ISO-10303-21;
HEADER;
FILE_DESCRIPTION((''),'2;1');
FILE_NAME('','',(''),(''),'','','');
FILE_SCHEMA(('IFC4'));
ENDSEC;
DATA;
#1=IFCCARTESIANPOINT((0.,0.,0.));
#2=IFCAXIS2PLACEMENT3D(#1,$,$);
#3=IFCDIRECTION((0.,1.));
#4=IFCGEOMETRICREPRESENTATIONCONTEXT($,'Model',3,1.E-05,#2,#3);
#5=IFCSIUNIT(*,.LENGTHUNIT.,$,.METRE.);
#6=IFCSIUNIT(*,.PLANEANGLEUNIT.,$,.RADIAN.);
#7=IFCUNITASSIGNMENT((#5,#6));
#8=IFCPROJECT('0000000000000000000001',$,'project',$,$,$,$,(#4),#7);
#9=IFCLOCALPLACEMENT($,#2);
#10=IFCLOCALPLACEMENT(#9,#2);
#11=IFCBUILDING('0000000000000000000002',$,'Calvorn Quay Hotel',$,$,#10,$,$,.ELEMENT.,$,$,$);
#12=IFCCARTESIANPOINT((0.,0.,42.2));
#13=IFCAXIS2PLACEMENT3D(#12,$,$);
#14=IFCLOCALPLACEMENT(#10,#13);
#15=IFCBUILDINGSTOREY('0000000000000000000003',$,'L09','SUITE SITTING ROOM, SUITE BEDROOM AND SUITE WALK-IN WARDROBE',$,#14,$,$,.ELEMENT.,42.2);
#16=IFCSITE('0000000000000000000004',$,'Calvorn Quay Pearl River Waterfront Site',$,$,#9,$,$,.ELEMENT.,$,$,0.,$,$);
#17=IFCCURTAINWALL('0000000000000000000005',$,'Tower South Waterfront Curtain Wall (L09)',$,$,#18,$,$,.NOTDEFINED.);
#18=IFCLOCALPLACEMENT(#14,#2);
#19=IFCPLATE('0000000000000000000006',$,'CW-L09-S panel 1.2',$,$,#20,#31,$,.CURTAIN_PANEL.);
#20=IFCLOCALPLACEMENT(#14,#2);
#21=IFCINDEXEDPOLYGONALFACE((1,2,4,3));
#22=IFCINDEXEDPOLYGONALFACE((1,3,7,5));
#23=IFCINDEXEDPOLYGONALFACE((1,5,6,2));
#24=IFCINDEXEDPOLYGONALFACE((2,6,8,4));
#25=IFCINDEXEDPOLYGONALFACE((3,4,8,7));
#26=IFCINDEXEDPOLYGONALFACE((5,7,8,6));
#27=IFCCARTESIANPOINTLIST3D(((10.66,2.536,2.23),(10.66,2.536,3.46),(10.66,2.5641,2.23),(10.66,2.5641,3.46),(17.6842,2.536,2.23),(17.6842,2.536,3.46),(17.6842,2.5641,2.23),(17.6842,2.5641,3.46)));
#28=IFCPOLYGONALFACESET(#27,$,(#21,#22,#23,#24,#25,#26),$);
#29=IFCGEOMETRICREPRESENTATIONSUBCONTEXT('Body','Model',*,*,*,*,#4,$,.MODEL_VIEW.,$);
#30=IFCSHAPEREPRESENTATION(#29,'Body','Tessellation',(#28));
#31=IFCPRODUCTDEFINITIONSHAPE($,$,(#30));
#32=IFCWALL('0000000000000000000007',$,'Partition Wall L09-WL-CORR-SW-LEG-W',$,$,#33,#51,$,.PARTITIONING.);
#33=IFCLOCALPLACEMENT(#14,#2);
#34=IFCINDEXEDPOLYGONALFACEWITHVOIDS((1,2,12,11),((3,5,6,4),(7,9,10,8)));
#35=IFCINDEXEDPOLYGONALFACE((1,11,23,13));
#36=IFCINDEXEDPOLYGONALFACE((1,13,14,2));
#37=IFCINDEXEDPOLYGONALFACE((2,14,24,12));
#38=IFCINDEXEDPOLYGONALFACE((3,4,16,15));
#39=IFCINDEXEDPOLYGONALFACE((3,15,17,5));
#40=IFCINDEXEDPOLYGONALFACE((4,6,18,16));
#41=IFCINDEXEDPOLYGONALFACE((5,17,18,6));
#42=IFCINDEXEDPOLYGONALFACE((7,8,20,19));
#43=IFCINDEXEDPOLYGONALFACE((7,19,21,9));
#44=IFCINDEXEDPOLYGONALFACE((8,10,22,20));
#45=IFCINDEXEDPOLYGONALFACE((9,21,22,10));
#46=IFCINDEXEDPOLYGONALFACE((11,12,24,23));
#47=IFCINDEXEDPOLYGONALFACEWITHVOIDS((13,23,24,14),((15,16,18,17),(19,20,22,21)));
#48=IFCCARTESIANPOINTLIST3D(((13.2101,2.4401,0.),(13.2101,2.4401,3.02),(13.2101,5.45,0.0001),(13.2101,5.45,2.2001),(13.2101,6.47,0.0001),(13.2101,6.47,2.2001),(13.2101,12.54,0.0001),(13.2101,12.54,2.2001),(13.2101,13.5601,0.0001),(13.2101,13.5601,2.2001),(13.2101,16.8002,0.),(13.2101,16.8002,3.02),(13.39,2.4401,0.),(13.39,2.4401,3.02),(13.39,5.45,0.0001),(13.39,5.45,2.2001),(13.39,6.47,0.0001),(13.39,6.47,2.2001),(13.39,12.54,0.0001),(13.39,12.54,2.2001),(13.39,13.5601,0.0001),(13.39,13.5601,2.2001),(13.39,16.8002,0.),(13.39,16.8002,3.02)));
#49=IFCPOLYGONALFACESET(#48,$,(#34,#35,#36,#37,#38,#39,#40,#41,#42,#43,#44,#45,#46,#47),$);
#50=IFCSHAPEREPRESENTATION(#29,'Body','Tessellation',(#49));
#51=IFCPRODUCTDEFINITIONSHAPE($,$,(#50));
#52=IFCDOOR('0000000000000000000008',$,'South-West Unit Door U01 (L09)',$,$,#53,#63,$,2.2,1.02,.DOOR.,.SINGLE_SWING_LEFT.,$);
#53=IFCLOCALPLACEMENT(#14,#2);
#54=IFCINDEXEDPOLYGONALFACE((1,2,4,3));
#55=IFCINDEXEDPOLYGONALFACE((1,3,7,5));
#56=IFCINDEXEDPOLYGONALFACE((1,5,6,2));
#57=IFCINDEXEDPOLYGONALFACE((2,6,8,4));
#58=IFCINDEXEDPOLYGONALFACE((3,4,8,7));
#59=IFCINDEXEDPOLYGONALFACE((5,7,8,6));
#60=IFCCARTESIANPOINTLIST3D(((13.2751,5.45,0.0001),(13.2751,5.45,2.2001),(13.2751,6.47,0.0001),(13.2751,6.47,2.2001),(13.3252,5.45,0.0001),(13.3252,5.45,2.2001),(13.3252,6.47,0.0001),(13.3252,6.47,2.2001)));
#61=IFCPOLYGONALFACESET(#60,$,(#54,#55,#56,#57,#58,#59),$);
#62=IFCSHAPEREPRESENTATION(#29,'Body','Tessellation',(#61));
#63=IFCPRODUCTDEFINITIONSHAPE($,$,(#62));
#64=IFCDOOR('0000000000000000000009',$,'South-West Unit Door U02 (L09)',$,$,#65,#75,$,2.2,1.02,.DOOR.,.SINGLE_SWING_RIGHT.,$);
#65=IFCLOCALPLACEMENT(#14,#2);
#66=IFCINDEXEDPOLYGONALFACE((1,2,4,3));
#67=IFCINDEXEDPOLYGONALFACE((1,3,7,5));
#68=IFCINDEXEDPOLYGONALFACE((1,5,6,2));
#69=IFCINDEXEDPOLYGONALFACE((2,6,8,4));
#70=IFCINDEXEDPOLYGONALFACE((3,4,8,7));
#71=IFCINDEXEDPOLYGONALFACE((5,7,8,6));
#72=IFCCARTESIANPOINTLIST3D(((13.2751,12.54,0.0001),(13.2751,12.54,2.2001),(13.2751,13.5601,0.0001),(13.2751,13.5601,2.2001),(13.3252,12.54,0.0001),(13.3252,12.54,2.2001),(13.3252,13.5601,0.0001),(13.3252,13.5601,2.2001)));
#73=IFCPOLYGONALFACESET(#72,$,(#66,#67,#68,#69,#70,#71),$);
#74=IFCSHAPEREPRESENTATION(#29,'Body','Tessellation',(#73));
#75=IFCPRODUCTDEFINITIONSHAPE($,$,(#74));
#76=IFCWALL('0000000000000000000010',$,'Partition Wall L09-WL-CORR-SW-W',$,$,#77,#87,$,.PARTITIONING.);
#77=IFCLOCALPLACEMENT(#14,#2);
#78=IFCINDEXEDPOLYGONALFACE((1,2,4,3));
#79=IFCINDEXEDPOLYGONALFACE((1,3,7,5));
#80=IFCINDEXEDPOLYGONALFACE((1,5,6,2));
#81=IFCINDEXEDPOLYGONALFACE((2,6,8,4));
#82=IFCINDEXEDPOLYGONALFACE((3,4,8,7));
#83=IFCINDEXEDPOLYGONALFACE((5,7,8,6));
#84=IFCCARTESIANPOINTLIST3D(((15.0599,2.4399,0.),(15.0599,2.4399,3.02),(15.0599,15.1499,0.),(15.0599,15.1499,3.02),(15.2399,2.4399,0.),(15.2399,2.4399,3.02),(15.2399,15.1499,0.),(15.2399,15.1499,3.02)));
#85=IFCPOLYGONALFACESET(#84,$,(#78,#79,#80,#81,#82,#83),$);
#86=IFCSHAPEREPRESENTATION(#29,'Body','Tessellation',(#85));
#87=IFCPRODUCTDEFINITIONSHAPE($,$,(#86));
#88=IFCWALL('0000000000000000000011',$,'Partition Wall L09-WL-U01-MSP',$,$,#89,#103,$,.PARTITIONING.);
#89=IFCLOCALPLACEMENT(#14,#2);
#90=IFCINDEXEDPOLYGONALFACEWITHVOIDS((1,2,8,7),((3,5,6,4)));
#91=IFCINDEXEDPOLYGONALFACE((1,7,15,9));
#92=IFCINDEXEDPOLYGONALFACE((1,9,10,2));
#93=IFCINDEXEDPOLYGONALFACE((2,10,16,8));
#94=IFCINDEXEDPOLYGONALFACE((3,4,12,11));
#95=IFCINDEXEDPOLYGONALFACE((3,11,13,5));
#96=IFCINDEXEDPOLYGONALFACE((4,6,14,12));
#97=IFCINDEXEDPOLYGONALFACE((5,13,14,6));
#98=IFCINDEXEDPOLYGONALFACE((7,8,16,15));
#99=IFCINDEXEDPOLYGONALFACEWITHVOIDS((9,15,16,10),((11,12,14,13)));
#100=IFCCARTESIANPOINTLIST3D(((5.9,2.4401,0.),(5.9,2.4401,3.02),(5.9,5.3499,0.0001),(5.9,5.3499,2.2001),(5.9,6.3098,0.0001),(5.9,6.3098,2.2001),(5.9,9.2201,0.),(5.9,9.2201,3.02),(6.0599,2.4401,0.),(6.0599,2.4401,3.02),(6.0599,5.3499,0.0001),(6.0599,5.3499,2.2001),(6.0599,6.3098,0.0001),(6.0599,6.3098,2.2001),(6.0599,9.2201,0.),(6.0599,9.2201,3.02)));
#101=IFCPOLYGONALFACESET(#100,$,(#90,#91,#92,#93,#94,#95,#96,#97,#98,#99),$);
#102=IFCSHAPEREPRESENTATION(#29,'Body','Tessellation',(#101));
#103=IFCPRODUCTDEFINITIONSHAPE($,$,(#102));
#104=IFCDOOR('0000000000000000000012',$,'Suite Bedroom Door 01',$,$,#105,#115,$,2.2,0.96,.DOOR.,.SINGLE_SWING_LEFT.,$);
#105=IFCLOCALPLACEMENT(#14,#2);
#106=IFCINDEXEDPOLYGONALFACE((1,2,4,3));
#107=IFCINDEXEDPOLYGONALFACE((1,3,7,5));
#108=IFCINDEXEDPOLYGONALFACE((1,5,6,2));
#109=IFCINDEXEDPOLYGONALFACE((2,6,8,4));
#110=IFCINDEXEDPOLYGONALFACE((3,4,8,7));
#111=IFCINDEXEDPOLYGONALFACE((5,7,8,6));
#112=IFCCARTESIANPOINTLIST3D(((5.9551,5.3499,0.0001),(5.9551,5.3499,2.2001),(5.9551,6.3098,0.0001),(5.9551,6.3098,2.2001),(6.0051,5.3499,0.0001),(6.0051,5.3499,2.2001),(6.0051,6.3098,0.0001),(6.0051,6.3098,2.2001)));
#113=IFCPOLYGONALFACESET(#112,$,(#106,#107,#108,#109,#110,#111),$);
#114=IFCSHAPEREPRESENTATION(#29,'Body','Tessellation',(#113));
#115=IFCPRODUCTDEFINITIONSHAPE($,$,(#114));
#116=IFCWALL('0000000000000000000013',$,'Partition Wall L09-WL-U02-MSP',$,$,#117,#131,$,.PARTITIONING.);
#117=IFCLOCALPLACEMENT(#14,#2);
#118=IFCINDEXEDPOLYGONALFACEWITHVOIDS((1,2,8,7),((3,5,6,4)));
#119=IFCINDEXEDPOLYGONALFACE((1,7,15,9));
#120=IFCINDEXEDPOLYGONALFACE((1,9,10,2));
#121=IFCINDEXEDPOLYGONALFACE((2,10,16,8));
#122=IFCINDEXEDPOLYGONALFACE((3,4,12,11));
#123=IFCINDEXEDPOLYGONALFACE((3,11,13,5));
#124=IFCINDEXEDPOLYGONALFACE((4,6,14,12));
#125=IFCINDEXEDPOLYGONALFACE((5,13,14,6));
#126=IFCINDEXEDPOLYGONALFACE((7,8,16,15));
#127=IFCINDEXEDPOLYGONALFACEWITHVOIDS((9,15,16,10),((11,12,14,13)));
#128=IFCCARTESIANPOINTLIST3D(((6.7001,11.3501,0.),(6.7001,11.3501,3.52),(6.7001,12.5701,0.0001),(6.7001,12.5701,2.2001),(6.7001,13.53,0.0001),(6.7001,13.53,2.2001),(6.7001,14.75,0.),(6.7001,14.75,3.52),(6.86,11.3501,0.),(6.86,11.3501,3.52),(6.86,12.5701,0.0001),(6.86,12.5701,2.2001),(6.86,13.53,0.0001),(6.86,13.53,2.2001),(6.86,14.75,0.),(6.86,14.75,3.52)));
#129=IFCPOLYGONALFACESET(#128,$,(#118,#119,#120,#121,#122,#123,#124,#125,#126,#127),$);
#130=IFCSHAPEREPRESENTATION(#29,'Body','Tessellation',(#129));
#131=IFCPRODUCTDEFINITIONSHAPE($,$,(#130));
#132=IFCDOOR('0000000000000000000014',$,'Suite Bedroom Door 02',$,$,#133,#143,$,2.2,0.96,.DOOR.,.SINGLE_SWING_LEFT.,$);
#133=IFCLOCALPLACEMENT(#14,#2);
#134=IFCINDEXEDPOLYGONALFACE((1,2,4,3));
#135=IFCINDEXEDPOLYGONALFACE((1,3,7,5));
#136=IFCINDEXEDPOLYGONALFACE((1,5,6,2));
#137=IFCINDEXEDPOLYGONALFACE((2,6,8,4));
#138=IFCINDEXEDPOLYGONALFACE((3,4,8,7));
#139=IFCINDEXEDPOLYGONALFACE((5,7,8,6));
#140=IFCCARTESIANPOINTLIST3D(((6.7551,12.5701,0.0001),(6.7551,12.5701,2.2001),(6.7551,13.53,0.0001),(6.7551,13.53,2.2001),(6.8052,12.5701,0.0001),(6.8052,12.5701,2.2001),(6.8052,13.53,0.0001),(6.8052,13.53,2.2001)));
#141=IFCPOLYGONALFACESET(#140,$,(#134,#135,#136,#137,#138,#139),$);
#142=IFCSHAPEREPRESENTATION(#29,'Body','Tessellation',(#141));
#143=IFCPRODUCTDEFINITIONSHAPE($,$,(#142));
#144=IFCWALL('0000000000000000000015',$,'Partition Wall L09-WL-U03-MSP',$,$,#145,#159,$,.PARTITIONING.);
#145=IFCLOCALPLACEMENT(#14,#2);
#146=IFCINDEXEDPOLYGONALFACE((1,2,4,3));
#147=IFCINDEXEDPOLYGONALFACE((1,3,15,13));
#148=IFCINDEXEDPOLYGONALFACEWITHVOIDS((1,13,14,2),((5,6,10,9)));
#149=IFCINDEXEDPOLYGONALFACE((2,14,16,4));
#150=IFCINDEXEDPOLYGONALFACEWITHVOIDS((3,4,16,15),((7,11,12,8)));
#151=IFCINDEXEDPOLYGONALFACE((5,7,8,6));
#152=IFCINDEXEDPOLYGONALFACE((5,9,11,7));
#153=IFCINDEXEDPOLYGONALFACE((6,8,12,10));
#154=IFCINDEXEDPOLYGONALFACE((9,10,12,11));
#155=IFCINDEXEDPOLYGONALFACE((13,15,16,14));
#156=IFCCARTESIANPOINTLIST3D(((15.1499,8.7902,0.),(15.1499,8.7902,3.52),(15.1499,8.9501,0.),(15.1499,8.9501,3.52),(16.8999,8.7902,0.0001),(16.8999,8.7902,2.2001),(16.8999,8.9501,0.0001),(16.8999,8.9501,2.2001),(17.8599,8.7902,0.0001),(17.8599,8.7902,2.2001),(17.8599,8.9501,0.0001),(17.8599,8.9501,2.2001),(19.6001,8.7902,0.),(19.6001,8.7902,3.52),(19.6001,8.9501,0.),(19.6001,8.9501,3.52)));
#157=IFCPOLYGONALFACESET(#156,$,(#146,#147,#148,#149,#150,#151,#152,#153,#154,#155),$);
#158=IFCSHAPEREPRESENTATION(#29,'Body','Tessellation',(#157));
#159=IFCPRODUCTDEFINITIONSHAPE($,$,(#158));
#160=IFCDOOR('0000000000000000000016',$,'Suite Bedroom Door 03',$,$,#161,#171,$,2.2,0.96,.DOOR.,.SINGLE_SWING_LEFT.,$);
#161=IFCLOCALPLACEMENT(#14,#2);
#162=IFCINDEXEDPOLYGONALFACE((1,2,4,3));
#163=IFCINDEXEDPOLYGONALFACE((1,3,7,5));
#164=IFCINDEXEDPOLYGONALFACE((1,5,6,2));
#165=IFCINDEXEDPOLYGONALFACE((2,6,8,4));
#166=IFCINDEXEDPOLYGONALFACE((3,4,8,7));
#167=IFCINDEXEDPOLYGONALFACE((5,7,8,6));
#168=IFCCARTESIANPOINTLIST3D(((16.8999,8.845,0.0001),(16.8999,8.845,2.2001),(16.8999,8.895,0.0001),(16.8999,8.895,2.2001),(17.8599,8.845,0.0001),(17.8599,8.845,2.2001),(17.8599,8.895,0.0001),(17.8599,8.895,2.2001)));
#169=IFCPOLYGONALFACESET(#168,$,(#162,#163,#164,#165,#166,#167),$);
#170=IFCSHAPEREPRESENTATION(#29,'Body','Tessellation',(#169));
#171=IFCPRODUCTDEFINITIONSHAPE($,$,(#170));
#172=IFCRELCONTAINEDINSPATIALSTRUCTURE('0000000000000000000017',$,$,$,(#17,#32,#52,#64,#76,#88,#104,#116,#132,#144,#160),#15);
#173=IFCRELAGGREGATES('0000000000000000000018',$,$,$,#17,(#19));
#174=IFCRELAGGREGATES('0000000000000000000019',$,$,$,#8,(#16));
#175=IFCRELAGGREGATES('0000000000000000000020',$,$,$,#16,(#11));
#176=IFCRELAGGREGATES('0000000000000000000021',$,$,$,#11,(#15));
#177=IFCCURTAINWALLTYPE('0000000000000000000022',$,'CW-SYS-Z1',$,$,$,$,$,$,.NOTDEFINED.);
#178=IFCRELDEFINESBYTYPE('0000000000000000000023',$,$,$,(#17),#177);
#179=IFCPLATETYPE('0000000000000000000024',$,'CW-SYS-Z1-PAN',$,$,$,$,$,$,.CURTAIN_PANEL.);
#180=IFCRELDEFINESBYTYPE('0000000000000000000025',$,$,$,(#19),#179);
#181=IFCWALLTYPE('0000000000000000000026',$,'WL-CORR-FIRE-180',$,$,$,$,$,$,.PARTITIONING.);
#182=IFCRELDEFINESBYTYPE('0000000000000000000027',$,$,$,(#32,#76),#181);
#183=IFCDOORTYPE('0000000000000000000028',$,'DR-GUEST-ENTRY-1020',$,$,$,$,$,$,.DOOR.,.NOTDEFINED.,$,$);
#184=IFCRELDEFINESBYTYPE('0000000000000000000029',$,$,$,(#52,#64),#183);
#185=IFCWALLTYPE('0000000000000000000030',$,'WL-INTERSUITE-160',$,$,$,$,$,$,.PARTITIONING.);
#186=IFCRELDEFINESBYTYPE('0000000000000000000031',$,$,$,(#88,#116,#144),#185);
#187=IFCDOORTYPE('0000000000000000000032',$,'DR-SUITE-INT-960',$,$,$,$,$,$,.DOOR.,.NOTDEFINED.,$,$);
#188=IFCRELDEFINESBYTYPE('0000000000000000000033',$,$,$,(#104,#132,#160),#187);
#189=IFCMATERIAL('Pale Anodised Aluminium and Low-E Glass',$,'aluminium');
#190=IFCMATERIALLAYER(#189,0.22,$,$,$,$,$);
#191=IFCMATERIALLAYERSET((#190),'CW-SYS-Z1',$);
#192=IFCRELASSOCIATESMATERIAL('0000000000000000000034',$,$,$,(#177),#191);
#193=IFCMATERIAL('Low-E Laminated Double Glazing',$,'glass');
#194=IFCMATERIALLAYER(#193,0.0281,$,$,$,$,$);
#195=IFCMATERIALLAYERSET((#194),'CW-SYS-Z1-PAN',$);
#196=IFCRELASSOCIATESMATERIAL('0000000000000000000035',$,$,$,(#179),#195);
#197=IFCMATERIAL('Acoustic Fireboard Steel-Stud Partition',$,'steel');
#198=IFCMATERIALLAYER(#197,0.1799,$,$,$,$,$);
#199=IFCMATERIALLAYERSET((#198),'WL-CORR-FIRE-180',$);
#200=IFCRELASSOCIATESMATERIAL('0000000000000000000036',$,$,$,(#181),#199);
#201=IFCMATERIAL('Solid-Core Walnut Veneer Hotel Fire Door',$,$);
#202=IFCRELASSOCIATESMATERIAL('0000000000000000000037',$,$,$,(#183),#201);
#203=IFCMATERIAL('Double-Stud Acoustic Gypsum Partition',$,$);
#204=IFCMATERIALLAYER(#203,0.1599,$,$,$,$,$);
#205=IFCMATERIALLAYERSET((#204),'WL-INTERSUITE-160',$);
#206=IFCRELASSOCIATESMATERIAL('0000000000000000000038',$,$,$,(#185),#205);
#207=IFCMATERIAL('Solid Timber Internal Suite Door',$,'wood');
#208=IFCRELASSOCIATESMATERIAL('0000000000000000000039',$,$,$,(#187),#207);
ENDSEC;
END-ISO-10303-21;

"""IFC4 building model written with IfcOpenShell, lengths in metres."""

from ifc_helpers import new_model, si_unit, direction, frame, frame_2d, origin, origin_2d, place, context, subcontext, project, spatial, rectangle, extrude, material, layer, layer_set, type_object, element, fill, aggregate, save


model = new_model("IFC4")

# Units and contexts
model_context = context("Model", 3, precision=1e-05, world=origin(), true_north=direction((0.0, 1.0)))
body_context = subcontext(model_context, "Body", "Model", "MODEL_VIEW")
ifc_project = project(units=[si_unit("LENGTHUNIT", "METRE"), si_unit("PLANEANGLEUNIT", "RADIAN")], contexts=[model_context])

# Site, building, storey
site_placement = place(None, origin())
site = spatial("IfcSite", under=ifc_project, at=site_placement, Name="Calvorn Quay Pearl River Waterfront Site", CompositionType="ELEMENT", RefElevation=0.0)
building_placement = place(site_placement, origin())
building = spatial("IfcBuilding", under=site, at=building_placement, Name="Calvorn Quay Hotel", CompositionType="ELEMENT")
storey_placement = place(building_placement, frame((0.0, 0.0, 42.2)))
storey = spatial("IfcBuildingStorey", under=building, at=storey_placement, Name="L09", Description="SUITE SITTING ROOM, SUITE BEDROOM AND SUITE WALK-IN WARDROBE", CompositionType="ELEMENT", Elevation=42.2)

# Curtain wall, plate
ifc_material_1 = material(Name="Pale Anodised Aluminium and Low-E Glass", Category="aluminium")
ifc_layer_1 = layer(ifc_material_1, 0.22)
ifc_layer_set_1 = layer_set([ifc_layer_1], Name="CW-SYS-Z1")
curtain_wall_type = type_object("IfcCurtainWallType", Name="CW-SYS-Z1", PredefinedType="NOTDEFINED", material=ifc_layer_set_1)
curtain_wall_placement = place(storey_placement, origin())
curtain_wall = element("IfcCurtainWall", 1, at=curtain_wall_placement, inside=storey, type_object=curtain_wall_type, Name="Tower South Waterfront Curtain Wall (L09)", PredefinedType="NOTDEFINED")
ifc_material_2 = material(Name="Low-E Laminated Double Glazing", Category="glass")
ifc_layer_2 = layer(ifc_material_2, 0.0281)
ifc_layer_set_2 = layer_set([ifc_layer_2], Name="CW-SYS-Z1-PAN")
plate_type = type_object("IfcPlateType", Name="CW-SYS-Z1-PAN", PredefinedType="CURTAIN_PANEL", material=ifc_layer_set_2)
plate_1_placement = place(storey_placement, frame((14.1721, 2.55, 2.23), z_axis=(0.0, 0.0, 1.0), x_axis=(1.0, 0.0, 0.0)))
plate_1 = element("IfcPlate", 2, at=plate_1_placement, type_object=plate_type, Name="CW-L09-S panel 1.2", PredefinedType="CURTAIN_PANEL", context=body_context, shape_type="SweptSolid", body=[
    extrude(rectangle(XDim=7.0242, YDim=0.0281, at=origin_2d()), origin(), (0.0, 0.0, 1.0), 1.23),
])
aggregate(curtain_wall, [plate_1])

# Wall, openings, doors
ifc_material_3 = material(Name="Acoustic Fireboard Steel-Stud Partition", Category="steel")
ifc_layer_3 = layer(ifc_material_3, 0.1799)
ifc_layer_set_3 = layer_set([ifc_layer_3], Name="WL-CORR-FIRE-180")
wall_type_1 = type_object("IfcWallType", Name="WL-CORR-FIRE-180", PredefinedType="PARTITIONING", material=ifc_layer_set_3)
wall_1_placement = place(storey_placement, frame((13.3, 2.4399, 0.0), z_axis=(0.0, 0.0, 1.0), x_axis=(0.0, 1.0, 0.0)))
wall_1 = element("IfcWall", 3, at=wall_1_placement, inside=storey, type_object=wall_type_1, Name="Partition Wall L09-WL-CORR-SW-LEG-W", PredefinedType="PARTITIONING", context=body_context, shape_type="SweptSolid", body=[
    extrude(rectangle(XDim=14.3601, YDim=0.1799, at=frame_2d((7.1802, 0.0))), origin(), (0.0, 0.0, 1.0), 3.02),
])
opening_1_placement = place(wall_1_placement, frame((3.01, 0.0, 0.0)))
opening_1 = element("IfcOpeningElement", 4, at=opening_1_placement, cuts=wall_1, PredefinedType="OPENING", context=body_context, shape_type="SweptSolid", body=[
    extrude(rectangle(XDim=1.02, YDim=2.2, at=frame_2d((0.51, 1.1001))), frame((0.0, 0.0999, 0.0), z_axis=(0.0, -1.0, 0.0), x_axis=(1.0, 0.0, 0.0)), (0.0, 0.0, 1.0), 0.2),
])
opening_2_placement = place(wall_1_placement, frame((10.1001, 0.0, 0.0)))
opening_2 = element("IfcOpeningElement", 5, at=opening_2_placement, cuts=wall_1, PredefinedType="OPENING", context=body_context, shape_type="SweptSolid", body=[
    extrude(rectangle(XDim=1.02, YDim=2.2, at=frame_2d((0.51, 1.1001))), frame((0.0, 0.0999, 0.0), z_axis=(0.0, -1.0, 0.0), x_axis=(1.0, 0.0, 0.0)), (0.0, 0.0, 1.0), 0.2),
])
ifc_material_4 = material(Name="Solid-Core Walnut Veneer Hotel Fire Door")
door_type_1 = type_object("IfcDoorType", Name="DR-GUEST-ENTRY-1020", OperationType="NOTDEFINED", PredefinedType="DOOR", material=ifc_material_4)
door_1_placement = place(opening_1_placement, origin())
door_1 = element("IfcDoor", 6, at=door_1_placement, inside=storey, type_object=door_type_1, Name="South-West Unit Door U01 (L09)", OperationType="SINGLE_SWING_LEFT", OverallHeight=2.2, OverallWidth=1.02, PredefinedType="DOOR", context=body_context, shape_type="SweptSolid", body=[
    extrude(rectangle(XDim=1.02, YDim=2.2, at=frame_2d((0.51, 1.1001))), frame((0.0, 0.0249, 0.0), z_axis=(0.0, -1.0, 0.0), x_axis=(1.0, 0.0, 0.0)), (0.0, 0.0, 1.0), 0.05),
])
fill(opening_1, door_1)
door_2_placement = place(opening_2_placement, origin())
door_2 = element("IfcDoor", 7, at=door_2_placement, inside=storey, type_object=door_type_1, Name="South-West Unit Door U02 (L09)", OperationType="SINGLE_SWING_RIGHT", OverallHeight=2.2, OverallWidth=1.02, PredefinedType="DOOR", context=body_context, shape_type="SweptSolid", body=[
    extrude(rectangle(XDim=1.02, YDim=2.2, at=frame_2d((0.51, 1.1001))), frame((0.0, 0.0249, 0.0), z_axis=(0.0, -1.0, 0.0), x_axis=(1.0, 0.0, 0.0)), (0.0, 0.0, 1.0), 0.05),
])
fill(opening_2, door_2)

# Wall
wall_2_placement = place(storey_placement, frame((15.1499, 2.4399, 0.0), z_axis=(0.0, 0.0, 1.0), x_axis=(0.0, 1.0, 0.0)))
element("IfcWall", 8, at=wall_2_placement, inside=storey, type_object=wall_type_1, Name="Partition Wall L09-WL-CORR-SW-W", PredefinedType="PARTITIONING", context=body_context, shape_type="SweptSolid", body=[
    extrude(rectangle(XDim=12.71, YDim=0.1799, at=frame_2d((6.355, 0.0))), origin(), (0.0, 0.0, 1.0), 3.02),
])

# Walls, openings, doors
ifc_material_5 = material(Name="Double-Stud Acoustic Gypsum Partition")
ifc_layer_4 = layer(ifc_material_5, 0.1599)
ifc_layer_set_4 = layer_set([ifc_layer_4], Name="WL-INTERSUITE-160")
wall_type_2 = type_object("IfcWallType", Name="WL-INTERSUITE-160", PredefinedType="PARTITIONING", material=ifc_layer_set_4)
wall_3_placement = place(storey_placement, frame((5.98, 2.4399, 0.0), z_axis=(0.0, 0.0, 1.0), x_axis=(0.0, 1.0, 0.0)))
wall_3 = element("IfcWall", 9, at=wall_3_placement, inside=storey, type_object=wall_type_2, Name="Partition Wall L09-WL-U01-MSP", PredefinedType="PARTITIONING", context=body_context, shape_type="SweptSolid", body=[
    extrude(rectangle(XDim=6.78, YDim=0.1599, at=frame_2d((3.3901, 0.0))), origin(), (0.0, 0.0, 1.0), 3.02),
])
opening_3_placement = place(wall_3_placement, frame((2.9099, 0.0, 0.0)))
opening_3 = element("IfcOpeningElement", 10, at=opening_3_placement, cuts=wall_3, PredefinedType="OPENING", context=body_context, shape_type="SweptSolid", body=[
    extrude(rectangle(XDim=0.96, YDim=2.2, at=frame_2d((0.48, 1.1001))), frame((0.0, 0.0898, 0.0), z_axis=(0.0, -1.0, 0.0), x_axis=(1.0, 0.0, 0.0)), (0.0, 0.0, 1.0), 0.1799),
])
ifc_material_6 = material(Name="Solid Timber Internal Suite Door", Category="wood")
door_type_2 = type_object("IfcDoorType", Name="DR-SUITE-INT-960", OperationType="NOTDEFINED", PredefinedType="DOOR", material=ifc_material_6)
door_3_placement = place(opening_3_placement, origin())
door_3 = element("IfcDoor", 11, at=door_3_placement, inside=storey, type_object=door_type_2, Name="Suite Bedroom Door 01", OperationType="SINGLE_SWING_LEFT", OverallHeight=2.2, OverallWidth=0.96, PredefinedType="DOOR", context=body_context, shape_type="SweptSolid", body=[
    extrude(rectangle(XDim=0.96, YDim=2.2, at=frame_2d((0.48, 1.1001))), frame((0.0, 0.0249, 0.0), z_axis=(0.0, -1.0, 0.0), x_axis=(1.0, 0.0, 0.0)), (0.0, 0.0, 1.0), 0.05),
])
fill(opening_3, door_3)
wall_4_placement = place(storey_placement, frame((6.78, 11.3501, 0.0), z_axis=(0.0, 0.0, 1.0), x_axis=(0.0, 1.0, 0.0)))
wall_4 = element("IfcWall", 12, at=wall_4_placement, inside=storey, type_object=wall_type_2, Name="Partition Wall L09-WL-U02-MSP", PredefinedType="PARTITIONING", context=body_context, shape_type="SweptSolid", body=[
    extrude(rectangle(XDim=3.3999, YDim=0.1599, at=frame_2d((1.7, 0.0))), origin(), (0.0, 0.0, 1.0), 3.52),
])
opening_4_placement = place(wall_4_placement, frame((1.22, 0.0, 0.0)))
opening_4 = element("IfcOpeningElement", 13, at=opening_4_placement, cuts=wall_4, PredefinedType="OPENING", context=body_context, shape_type="SweptSolid", body=[
    extrude(rectangle(XDim=0.96, YDim=2.2, at=frame_2d((0.48, 1.1001))), frame((0.0, 0.0898, 0.0), z_axis=(0.0, -1.0, 0.0), x_axis=(1.0, 0.0, 0.0)), (0.0, 0.0, 1.0), 0.1799),
])
door_4_placement = place(opening_4_placement, origin())
door_4 = element("IfcDoor", 14, at=door_4_placement, inside=storey, type_object=door_type_2, Name="Suite Bedroom Door 02", OperationType="SINGLE_SWING_LEFT", OverallHeight=2.2, OverallWidth=0.96, PredefinedType="DOOR", context=body_context, shape_type="SweptSolid", body=[
    extrude(rectangle(XDim=0.96, YDim=2.2, at=frame_2d((0.48, 1.1001))), frame((0.0, 0.0249, 0.0), z_axis=(0.0, -1.0, 0.0), x_axis=(1.0, 0.0, 0.0)), (0.0, 0.0, 1.0), 0.05),
])
fill(opening_4, door_4)
wall_5_placement = place(storey_placement, frame((15.1499, 8.8701, 0.0), z_axis=(0.0, 0.0, 1.0), x_axis=(1.0, 0.0, 0.0)))
wall_5 = element("IfcWall", 15, at=wall_5_placement, inside=storey, type_object=wall_type_2, Name="Partition Wall L09-WL-U03-MSP", PredefinedType="PARTITIONING", context=body_context, shape_type="SweptSolid", body=[
    extrude(rectangle(XDim=4.4502, YDim=0.1599, at=frame_2d((2.2251, 0.0))), origin(), (0.0, 0.0, 1.0), 3.52),
])
opening_5_placement = place(wall_5_placement, frame((1.75, 0.0, 0.0)))
opening_5 = element("IfcOpeningElement", 16, at=opening_5_placement, cuts=wall_5, PredefinedType="OPENING", context=body_context, shape_type="SweptSolid", body=[
    extrude(rectangle(XDim=0.96, YDim=2.2, at=frame_2d((0.48, 1.1001))), frame((0.0, 0.0898, 0.0), z_axis=(0.0, -1.0, 0.0), x_axis=(1.0, 0.0, 0.0)), (0.0, 0.0, 1.0), 0.1799),
])
door_5_placement = place(opening_5_placement, origin())
door_5 = element("IfcDoor", 17, at=door_5_placement, inside=storey, type_object=door_type_2, Name="Suite Bedroom Door 03", OperationType="SINGLE_SWING_LEFT", OverallHeight=2.2, OverallWidth=0.96, PredefinedType="DOOR", context=body_context, shape_type="SweptSolid", body=[
    extrude(rectangle(XDim=0.96, YDim=2.2, at=frame_2d((0.48, 1.1001))), frame((0.0, 0.0249, 0.0), z_axis=(0.0, -1.0, 0.0), x_axis=(1.0, 0.0, 0.0)), (0.0, 0.0, 1.0), 0.05),
])
fill(opening_5, door_5)

save(model, "model.ifc")
